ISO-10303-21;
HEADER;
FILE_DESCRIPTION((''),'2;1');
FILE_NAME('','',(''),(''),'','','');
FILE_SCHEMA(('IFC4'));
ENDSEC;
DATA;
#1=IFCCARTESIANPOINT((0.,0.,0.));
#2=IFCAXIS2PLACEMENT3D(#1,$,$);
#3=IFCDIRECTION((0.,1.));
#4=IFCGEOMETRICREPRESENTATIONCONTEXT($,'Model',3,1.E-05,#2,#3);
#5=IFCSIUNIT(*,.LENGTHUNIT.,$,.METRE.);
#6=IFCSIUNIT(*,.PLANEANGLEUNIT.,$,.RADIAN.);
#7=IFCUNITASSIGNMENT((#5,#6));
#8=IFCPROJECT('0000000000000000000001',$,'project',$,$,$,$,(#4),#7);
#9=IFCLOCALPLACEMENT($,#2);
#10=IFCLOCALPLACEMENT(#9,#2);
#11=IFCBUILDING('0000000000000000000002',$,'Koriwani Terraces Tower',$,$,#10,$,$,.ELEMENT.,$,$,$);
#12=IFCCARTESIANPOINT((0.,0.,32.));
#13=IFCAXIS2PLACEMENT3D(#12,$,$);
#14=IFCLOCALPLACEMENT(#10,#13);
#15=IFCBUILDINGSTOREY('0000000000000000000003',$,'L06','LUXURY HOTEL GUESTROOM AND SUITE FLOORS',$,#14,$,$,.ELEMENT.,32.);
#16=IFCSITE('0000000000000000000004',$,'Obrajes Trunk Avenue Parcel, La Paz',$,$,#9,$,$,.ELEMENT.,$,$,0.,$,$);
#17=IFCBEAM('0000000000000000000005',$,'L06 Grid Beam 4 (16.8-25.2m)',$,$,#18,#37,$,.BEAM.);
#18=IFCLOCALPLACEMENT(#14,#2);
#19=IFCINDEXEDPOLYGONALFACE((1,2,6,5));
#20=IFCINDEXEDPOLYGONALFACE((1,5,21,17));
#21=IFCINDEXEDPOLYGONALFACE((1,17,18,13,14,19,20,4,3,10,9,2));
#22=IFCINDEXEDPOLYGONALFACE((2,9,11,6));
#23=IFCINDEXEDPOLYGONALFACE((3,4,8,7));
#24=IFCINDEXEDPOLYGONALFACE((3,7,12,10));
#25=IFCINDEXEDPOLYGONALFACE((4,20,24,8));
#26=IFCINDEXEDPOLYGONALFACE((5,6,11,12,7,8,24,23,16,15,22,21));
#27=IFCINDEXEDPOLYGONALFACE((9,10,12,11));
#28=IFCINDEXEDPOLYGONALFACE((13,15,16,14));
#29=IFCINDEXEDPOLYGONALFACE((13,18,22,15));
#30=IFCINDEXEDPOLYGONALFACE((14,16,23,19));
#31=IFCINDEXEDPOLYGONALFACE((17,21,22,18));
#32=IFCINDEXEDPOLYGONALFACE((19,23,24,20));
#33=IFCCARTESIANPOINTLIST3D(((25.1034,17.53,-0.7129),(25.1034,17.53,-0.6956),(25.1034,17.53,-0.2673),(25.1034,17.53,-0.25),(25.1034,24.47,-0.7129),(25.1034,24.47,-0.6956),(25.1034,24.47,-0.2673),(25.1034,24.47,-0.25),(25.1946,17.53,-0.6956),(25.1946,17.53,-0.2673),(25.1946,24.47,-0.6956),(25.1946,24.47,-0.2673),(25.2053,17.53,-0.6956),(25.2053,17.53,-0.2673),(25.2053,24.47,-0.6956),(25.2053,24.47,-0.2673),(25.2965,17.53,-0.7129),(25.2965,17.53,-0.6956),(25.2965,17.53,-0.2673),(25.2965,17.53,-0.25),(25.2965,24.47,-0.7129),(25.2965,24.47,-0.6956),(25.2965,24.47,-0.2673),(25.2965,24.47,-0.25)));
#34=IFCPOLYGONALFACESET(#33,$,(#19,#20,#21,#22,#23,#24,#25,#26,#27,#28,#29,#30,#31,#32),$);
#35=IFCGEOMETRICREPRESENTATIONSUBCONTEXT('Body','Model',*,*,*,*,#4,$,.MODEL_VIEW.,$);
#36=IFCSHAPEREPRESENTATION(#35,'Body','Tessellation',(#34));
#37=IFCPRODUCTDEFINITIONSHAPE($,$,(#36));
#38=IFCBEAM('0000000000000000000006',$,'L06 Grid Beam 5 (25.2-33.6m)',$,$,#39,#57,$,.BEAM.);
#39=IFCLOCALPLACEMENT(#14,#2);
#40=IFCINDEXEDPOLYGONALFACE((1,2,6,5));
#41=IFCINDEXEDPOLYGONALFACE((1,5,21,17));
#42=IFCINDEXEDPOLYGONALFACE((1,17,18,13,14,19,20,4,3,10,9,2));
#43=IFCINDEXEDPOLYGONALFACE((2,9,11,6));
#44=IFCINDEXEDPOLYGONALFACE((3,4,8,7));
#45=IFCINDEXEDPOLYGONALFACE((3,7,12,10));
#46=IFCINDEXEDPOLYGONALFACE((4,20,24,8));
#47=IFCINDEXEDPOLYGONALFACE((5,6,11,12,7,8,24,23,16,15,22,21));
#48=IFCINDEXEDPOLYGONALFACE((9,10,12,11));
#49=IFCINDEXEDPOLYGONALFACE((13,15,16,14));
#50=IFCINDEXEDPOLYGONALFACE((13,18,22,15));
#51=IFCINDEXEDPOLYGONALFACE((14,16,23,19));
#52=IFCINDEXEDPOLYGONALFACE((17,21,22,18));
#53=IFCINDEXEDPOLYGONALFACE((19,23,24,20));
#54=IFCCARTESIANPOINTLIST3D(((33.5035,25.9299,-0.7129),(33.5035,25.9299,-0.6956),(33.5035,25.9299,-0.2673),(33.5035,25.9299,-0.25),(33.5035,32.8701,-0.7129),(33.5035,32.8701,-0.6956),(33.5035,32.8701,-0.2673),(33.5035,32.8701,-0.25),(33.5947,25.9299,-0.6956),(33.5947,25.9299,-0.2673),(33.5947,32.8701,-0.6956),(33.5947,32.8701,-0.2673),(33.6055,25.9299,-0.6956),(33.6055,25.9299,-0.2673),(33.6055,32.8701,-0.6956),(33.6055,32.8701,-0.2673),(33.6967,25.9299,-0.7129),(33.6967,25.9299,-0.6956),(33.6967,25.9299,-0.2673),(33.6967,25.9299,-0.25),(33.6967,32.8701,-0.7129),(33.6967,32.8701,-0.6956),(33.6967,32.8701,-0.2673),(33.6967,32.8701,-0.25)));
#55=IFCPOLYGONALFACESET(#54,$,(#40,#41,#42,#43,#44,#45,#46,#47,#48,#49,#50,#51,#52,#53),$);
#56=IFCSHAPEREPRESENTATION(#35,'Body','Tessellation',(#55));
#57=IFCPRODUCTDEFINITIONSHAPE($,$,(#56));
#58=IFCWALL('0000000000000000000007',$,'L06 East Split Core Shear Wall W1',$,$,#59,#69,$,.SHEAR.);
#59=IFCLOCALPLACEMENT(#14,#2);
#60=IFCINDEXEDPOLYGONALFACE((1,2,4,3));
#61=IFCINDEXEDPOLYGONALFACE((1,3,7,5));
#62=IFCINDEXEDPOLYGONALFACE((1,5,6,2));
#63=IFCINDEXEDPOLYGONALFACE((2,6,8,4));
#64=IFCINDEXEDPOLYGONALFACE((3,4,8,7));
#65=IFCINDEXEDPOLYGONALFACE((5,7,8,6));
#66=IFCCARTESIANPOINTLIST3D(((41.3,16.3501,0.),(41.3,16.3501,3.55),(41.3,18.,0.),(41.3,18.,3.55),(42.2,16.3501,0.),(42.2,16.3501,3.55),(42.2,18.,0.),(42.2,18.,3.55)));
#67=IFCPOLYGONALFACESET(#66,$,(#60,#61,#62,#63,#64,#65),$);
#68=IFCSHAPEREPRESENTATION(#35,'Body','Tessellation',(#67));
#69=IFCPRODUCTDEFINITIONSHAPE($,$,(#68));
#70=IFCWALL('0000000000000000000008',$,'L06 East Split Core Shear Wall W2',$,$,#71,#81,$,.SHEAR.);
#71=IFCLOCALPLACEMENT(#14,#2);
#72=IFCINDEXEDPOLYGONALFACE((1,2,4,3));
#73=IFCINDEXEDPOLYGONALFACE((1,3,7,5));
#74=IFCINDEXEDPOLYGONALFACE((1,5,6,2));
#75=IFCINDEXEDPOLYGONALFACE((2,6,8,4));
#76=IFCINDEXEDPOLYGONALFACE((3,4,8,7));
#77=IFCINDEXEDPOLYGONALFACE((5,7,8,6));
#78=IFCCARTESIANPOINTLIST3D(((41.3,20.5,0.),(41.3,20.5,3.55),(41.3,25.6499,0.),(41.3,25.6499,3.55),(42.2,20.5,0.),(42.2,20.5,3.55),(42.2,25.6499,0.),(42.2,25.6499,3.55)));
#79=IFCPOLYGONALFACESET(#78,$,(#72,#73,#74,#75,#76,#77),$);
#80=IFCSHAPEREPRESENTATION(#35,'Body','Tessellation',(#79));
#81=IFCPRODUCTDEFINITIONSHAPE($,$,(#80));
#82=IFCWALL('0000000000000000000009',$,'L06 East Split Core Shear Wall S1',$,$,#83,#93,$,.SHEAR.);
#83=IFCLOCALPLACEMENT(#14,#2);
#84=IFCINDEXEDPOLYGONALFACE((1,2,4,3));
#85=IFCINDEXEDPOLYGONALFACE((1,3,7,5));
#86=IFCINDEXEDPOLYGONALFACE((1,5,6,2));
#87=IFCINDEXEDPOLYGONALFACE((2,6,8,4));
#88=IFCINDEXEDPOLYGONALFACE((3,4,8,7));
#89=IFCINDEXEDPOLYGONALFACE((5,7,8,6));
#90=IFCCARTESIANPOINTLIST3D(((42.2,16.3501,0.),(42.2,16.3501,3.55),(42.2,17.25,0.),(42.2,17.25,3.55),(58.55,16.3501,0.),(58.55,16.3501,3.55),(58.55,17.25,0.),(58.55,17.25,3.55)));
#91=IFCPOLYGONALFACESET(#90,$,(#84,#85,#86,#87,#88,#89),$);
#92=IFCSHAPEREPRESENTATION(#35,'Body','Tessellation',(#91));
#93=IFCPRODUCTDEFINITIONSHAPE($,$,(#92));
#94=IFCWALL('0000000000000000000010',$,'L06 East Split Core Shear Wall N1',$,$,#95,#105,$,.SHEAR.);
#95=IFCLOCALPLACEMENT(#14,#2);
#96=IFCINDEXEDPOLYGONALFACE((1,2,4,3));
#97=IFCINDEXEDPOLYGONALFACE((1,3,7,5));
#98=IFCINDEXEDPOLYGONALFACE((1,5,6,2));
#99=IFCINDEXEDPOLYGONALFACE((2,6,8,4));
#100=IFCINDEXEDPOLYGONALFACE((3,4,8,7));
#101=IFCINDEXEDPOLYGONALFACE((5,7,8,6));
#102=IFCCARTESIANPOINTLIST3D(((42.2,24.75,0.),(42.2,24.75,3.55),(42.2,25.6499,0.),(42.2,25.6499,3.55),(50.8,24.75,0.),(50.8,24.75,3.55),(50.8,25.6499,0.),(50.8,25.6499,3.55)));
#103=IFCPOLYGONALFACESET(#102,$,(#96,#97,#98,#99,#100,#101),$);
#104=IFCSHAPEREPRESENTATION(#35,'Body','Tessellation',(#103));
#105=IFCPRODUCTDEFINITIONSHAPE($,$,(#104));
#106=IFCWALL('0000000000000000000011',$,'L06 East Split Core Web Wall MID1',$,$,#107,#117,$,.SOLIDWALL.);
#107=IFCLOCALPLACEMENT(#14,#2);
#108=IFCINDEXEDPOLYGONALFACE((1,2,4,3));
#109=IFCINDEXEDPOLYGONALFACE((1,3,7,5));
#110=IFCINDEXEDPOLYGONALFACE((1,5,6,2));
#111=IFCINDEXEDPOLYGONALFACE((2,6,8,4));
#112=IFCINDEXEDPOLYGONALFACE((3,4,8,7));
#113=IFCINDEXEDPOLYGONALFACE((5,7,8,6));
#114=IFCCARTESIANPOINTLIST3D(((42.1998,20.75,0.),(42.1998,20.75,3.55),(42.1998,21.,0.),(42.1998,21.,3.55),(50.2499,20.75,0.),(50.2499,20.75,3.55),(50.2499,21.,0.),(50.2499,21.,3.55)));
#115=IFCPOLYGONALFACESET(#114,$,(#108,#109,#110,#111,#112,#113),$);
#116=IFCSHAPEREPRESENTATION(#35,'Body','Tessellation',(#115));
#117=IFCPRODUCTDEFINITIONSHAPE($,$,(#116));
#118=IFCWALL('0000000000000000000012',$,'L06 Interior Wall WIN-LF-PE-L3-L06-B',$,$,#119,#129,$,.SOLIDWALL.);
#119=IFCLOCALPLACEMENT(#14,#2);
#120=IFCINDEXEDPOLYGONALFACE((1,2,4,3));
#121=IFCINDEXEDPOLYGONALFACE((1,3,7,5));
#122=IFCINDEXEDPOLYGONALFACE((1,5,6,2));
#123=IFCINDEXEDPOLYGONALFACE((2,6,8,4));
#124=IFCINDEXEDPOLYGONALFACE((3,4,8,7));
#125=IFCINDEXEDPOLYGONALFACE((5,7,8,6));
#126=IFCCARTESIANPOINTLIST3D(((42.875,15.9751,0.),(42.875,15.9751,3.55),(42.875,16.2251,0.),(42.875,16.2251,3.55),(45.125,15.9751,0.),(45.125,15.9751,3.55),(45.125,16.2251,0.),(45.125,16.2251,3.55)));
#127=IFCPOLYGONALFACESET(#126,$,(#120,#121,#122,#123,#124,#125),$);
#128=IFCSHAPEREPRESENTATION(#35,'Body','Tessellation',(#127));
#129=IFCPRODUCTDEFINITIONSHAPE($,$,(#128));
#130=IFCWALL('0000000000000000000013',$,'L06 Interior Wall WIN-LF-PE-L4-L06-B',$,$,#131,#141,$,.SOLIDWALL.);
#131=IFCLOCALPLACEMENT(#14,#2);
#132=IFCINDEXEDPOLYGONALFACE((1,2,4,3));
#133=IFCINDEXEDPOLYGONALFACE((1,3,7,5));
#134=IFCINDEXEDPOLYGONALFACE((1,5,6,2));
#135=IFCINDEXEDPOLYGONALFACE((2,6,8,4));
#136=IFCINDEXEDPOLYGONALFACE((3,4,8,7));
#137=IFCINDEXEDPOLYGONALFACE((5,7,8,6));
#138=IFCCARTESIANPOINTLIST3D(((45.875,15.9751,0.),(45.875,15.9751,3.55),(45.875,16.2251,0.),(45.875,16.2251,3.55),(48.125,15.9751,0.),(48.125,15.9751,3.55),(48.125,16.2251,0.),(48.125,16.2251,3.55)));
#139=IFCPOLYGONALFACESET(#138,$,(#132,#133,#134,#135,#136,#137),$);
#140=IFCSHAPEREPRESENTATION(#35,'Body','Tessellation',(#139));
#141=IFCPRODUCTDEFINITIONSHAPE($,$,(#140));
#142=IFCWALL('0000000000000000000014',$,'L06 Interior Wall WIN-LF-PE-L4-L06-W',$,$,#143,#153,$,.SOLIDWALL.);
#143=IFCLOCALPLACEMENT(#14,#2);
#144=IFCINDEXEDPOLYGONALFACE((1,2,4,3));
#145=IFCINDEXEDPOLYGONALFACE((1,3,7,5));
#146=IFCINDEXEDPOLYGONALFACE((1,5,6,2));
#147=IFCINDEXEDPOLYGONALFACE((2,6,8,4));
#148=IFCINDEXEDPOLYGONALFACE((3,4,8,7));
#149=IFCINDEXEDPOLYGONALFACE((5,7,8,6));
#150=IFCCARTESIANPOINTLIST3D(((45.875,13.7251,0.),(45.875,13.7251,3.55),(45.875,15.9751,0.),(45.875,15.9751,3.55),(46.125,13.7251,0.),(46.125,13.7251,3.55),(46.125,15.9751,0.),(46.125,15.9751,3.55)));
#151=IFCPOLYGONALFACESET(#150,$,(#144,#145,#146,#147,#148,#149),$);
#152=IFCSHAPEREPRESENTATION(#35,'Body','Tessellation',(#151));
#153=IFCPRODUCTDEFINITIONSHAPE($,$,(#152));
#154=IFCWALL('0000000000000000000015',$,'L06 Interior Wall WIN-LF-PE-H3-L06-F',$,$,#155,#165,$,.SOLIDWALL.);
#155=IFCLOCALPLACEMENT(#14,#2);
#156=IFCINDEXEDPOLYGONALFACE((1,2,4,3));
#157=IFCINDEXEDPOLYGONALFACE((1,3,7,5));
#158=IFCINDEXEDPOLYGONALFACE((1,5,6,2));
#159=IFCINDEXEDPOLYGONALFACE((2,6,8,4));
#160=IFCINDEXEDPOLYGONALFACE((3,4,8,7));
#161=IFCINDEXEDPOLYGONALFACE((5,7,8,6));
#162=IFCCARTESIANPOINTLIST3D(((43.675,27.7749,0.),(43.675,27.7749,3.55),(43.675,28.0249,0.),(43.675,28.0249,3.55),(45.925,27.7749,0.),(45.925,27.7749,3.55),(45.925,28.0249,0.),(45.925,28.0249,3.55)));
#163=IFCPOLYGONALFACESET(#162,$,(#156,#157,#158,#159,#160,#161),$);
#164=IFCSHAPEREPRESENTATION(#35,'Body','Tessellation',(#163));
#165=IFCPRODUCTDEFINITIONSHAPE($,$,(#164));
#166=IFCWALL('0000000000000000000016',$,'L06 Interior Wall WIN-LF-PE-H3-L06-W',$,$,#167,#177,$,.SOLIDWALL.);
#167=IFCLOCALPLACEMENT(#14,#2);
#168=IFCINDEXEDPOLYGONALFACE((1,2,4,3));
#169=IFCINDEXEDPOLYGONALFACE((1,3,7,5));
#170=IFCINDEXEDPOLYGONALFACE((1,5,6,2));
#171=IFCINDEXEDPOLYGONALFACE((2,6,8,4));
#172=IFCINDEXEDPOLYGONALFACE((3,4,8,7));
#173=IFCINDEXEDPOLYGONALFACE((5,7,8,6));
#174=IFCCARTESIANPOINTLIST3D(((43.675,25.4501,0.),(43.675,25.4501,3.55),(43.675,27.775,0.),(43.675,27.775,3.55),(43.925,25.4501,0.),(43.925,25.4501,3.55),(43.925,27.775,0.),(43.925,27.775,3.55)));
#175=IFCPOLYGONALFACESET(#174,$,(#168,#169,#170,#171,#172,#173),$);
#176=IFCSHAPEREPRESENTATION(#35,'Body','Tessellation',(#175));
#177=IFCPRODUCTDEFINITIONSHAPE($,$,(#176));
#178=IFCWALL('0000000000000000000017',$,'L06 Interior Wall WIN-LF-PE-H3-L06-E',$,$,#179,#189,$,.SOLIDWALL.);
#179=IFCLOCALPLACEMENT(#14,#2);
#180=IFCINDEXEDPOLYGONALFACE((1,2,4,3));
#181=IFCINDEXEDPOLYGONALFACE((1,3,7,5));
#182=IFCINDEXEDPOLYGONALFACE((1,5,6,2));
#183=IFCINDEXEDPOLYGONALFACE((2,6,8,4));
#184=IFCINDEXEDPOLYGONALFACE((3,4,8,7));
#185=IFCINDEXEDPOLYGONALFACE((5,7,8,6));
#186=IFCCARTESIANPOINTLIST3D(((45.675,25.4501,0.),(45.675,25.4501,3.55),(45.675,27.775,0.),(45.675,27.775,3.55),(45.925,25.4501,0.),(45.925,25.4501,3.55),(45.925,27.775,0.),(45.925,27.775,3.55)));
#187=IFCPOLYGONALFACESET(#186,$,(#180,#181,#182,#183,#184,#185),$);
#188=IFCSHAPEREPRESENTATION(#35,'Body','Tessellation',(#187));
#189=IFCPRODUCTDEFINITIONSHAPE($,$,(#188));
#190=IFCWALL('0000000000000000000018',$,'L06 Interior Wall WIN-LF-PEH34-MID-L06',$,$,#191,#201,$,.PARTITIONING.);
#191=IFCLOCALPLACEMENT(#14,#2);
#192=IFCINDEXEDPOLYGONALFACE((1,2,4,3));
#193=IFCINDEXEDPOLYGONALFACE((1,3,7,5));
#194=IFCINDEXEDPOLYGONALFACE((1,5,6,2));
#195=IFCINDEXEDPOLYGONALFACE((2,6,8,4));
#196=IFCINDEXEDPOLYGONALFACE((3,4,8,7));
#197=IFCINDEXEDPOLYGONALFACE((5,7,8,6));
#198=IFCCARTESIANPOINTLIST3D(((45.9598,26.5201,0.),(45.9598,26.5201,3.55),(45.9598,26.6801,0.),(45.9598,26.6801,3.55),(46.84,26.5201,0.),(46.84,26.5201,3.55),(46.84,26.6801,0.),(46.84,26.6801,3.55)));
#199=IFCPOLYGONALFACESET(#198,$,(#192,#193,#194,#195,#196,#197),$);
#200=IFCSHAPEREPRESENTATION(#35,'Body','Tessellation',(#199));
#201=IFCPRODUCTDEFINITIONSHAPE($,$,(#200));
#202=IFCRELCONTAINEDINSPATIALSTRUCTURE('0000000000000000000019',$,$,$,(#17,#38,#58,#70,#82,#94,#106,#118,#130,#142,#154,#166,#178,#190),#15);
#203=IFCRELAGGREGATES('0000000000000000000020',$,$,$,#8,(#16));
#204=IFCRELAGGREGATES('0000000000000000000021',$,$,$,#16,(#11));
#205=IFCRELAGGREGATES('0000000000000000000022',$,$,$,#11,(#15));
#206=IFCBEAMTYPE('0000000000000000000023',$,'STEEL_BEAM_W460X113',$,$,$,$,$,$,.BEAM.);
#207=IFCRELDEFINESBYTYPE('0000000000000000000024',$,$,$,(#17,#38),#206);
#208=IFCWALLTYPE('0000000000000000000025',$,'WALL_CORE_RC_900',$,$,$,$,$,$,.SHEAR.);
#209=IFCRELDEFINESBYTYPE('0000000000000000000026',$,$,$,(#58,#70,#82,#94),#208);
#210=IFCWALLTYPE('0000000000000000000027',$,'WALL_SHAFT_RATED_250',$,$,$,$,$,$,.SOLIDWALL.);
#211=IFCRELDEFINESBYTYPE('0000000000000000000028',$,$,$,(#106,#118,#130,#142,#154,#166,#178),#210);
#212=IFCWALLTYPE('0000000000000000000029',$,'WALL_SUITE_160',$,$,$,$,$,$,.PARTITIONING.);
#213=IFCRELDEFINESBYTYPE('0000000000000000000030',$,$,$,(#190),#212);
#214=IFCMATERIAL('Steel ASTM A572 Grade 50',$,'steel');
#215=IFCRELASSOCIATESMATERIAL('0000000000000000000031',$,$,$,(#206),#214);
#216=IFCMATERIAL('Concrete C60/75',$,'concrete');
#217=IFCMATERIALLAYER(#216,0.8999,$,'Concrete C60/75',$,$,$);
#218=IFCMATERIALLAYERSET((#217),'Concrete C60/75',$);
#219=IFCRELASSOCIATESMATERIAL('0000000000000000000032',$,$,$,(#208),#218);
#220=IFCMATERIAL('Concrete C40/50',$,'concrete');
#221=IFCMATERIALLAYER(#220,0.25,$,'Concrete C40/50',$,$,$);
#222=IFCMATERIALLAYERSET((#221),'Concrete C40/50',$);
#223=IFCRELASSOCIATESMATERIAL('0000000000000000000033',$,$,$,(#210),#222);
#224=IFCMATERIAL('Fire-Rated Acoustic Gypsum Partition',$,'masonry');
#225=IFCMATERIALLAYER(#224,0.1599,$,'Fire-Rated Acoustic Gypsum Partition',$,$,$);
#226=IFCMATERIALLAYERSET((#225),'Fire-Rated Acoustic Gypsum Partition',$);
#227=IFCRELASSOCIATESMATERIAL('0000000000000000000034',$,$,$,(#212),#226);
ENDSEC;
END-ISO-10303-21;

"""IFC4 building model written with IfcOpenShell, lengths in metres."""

from ifc_helpers import new_model, si_unit, direction, frame, frame_2d, origin, origin_2d, place, context, subcontext, project, spatial, rectangle, i_section, extrude, material, layer, layer_set, material_profile, profile_set, type_object, element, save


model = new_model("IFC4")

# Units and contexts
model_context = context("Model", 3, precision=1e-05, world=origin(), true_north=direction((0.0, 1.0)))
body_context = subcontext(model_context, "Body", "Model", "MODEL_VIEW")
ifc_project = project(units=[si_unit("LENGTHUNIT", "METRE"), si_unit("PLANEANGLEUNIT", "RADIAN")], contexts=[model_context])

# Site, building, storey
site_placement = place(None, origin())
site = spatial("IfcSite", under=ifc_project, at=site_placement, Name="Obrajes Trunk Avenue Parcel, La Paz", CompositionType="ELEMENT", RefElevation=0.0)
building_placement = place(site_placement, origin())
building = spatial("IfcBuilding", under=site, at=building_placement, Name="Koriwani Terraces Tower", CompositionType="ELEMENT")
storey_placement = place(building_placement, frame((0.0, 0.0, 32.0)))
storey = spatial("IfcBuildingStorey", under=building, at=storey_placement, Name="L06", Description="LUXURY HOTEL GUESTROOM AND SUITE FLOORS", CompositionType="ELEMENT", Elevation=32.0)

# Shared definitions
ifc_material_1 = material(Name="Concrete C60/75", Category="concrete")

# Beams
ifc_material_2 = material(Name="Concrete C40/50", Category="concrete")
ifc_material_3 = material(Name="Steel ASTM A572 Grade 50", Category="steel")
ifc_material_profile_1 = material_profile(ifc_material_3, i_section(OverallWidth=0.1931, OverallDepth=0.4629, WebThickness=0.0107, FlangeThickness=0.0173, at=origin_2d()), Name="Steel ASTM A572 Grade 50", Category="LoadBearing")
ifc_profile_set_1 = profile_set([ifc_material_profile_1], Name="Steel ASTM A572 Grade 50")
beam_type_1 = type_object("IfcBeamType", Name="STEEL_BEAM_W460X113", PredefinedType="BEAM", material=ifc_profile_set_1)
beam_1_placement = place(storey_placement, frame((25.2, 17.53, -0.4814), z_axis=(0.0, 1.0, 0.0), x_axis=(-1.0, 0.0, 0.0)))
element("IfcBeam", 1, at=beam_1_placement, inside=storey, type_object=beam_type_1, Name="L06 Grid Beam 4 (16.8-25.2m)", PredefinedType="BEAM", context=body_context, shape_type="SweptSolid", body=[
    extrude(i_section(OverallWidth=0.1931, OverallDepth=0.4629, WebThickness=0.0107, FlangeThickness=0.0173, at=origin_2d()), origin(), (0.0, 0.0, 1.0), 6.9399),
])
beam_2_placement = place(storey_placement, frame((33.6001, 25.9299, -0.4814), z_axis=(0.0, 1.0, 0.0), x_axis=(-1.0, 0.0, 0.0)))
element("IfcBeam", 2, at=beam_2_placement, inside=storey, type_object=beam_type_1, Name="L06 Grid Beam 5 (25.2-33.6m)", PredefinedType="BEAM", context=body_context, shape_type="SweptSolid", body=[
    extrude(i_section(OverallWidth=0.1931, OverallDepth=0.4629, WebThickness=0.0107, FlangeThickness=0.0173, at=origin_2d()), origin(), (0.0, 0.0, 1.0), 6.9402),
])

# Walls
ifc_layer_1 = layer(ifc_material_1, 0.8999, Name="Concrete C60/75")
ifc_layer_set_1 = layer_set([ifc_layer_1], Name="Concrete C60/75")
wall_type_1 = type_object("IfcWallType", Name="WALL_CORE_RC_900", PredefinedType="SHEAR", material=ifc_layer_set_1)
wall_1_placement = place(storey_placement, frame((41.75, 16.3501, 0.0), z_axis=(0.0, 0.0, 1.0), x_axis=(0.0, 1.0, 0.0)))
element("IfcWall", 3, at=wall_1_placement, inside=storey, type_object=wall_type_1, Name="L06 East Split Core Shear Wall W1", PredefinedType="SHEAR", context=body_context, shape_type="SweptSolid", body=[
    extrude(rectangle(XDim=1.6499, YDim=0.8999, at=frame_2d((0.825, 0.0))), origin(), (0.0, 0.0, 1.0), 3.55),
])
wall_2_placement = place(storey_placement, frame((41.75, 20.5, 0.0), z_axis=(0.0, 0.0, 1.0), x_axis=(0.0, 1.0, 0.0)))
element("IfcWall", 4, at=wall_2_placement, inside=storey, type_object=wall_type_1, Name="L06 East Split Core Shear Wall W2", PredefinedType="SHEAR", context=body_context, shape_type="SweptSolid", body=[
    extrude(rectangle(XDim=5.1499, YDim=0.8999, at=frame_2d((2.575, 0.0))), origin(), (0.0, 0.0, 1.0), 3.55),
])
wall_3_placement = place(storey_placement, frame((42.2, 16.8, 0.0), z_axis=(0.0, 0.0, 1.0), x_axis=(1.0, 0.0, 0.0)))
element("IfcWall", 5, at=wall_3_placement, inside=storey, type_object=wall_type_1, Name="L06 East Split Core Shear Wall S1", PredefinedType="SHEAR", context=body_context, shape_type="SweptSolid", body=[
    extrude(rectangle(XDim=16.3501, YDim=0.8999, at=frame_2d((8.175, 0.0))), origin(), (0.0, 0.0, 1.0), 3.55),
])
wall_4_placement = place(storey_placement, frame((42.2, 25.2, 0.0), z_axis=(0.0, 0.0, 1.0), x_axis=(1.0, 0.0, 0.0)))
element("IfcWall", 6, at=wall_4_placement, inside=storey, type_object=wall_type_1, Name="L06 East Split Core Shear Wall N1", PredefinedType="SHEAR", context=body_context, shape_type="SweptSolid", body=[
    extrude(rectangle(XDim=8.6001, YDim=0.8999, at=frame_2d((4.3, 0.0))), origin(), (0.0, 0.0, 1.0), 3.55),
])
ifc_layer_2 = layer(ifc_material_2, 0.25, Name="Concrete C40/50")
ifc_layer_set_2 = layer_set([ifc_layer_2], Name="Concrete C40/50")
wall_type_2 = type_object("IfcWallType", Name="WALL_SHAFT_RATED_250", PredefinedType="SOLIDWALL", material=ifc_layer_set_2)
wall_5_placement = place(storey_placement, frame((42.2, 20.875, 0.0), z_axis=(0.0, 0.0, 1.0), x_axis=(1.0, 0.0, 0.0)))
element("IfcWall", 7, at=wall_5_placement, inside=storey, type_object=wall_type_2, Name="L06 East Split Core Web Wall MID1", PredefinedType="SOLIDWALL", context=body_context, shape_type="SweptSolid", body=[
    extrude(rectangle(XDim=8.05, YDim=0.25, at=frame_2d((4.0249, 0.0))), origin(), (0.0, 0.0, 1.0), 3.55),
])

# Walls
for number, where, z_axis, x_axis, name in (
    (8, (42.875, 16.1001, 0.0), (0.0, 0.0, 1.0), (1.0, 0.0, 0.0), "L06 Interior Wall WIN-LF-PE-L3-L06-B"),
    (9, (45.875, 16.1001, 0.0), (0.0, 0.0, 1.0), (1.0, 0.0, 0.0), "L06 Interior Wall WIN-LF-PE-L4-L06-B"),
    (10, (46.0, 13.7251, 0.0), (0.0, 0.0, 1.0), (0.0, 1.0, 0.0), "L06 Interior Wall WIN-LF-PE-L4-L06-W"),
    (11, (43.675, 27.8999, 0.0), (0.0, 0.0, 1.0), (1.0, 0.0, 0.0), "L06 Interior Wall WIN-LF-PE-H3-L06-F"),
):
    element("IfcWall", number, at=place(storey_placement, frame(where, z_axis=z_axis, x_axis=x_axis)), inside=storey, type_object=wall_type_2, Name=name, PredefinedType="SOLIDWALL", context=body_context, shape_type="SweptSolid", body=[
        extrude(rectangle(XDim=2.25, YDim=0.25, at=frame_2d((1.125, 0.0))), origin(), (0.0, 0.0, 1.0), 3.55),
    ])
for number, where, z_axis, x_axis, name in (
    (12, (43.8, 25.45, 0.0), (0.0, 0.0, 1.0), (0.0, 1.0, 0.0), "L06 Interior Wall WIN-LF-PE-H3-L06-W"),
    (13, (45.8, 25.45, 0.0), (0.0, 0.0, 1.0), (0.0, 1.0, 0.0), "L06 Interior Wall WIN-LF-PE-H3-L06-E"),
):
    element("IfcWall", number, at=place(storey_placement, frame(where, z_axis=z_axis, x_axis=x_axis)), inside=storey, type_object=wall_type_2, Name=name, PredefinedType="SOLIDWALL", context=body_context, shape_type="SweptSolid", body=[
        extrude(rectangle(XDim=2.325, YDim=0.25, at=frame_2d((1.1626, 0.0))), origin(), (0.0, 0.0, 1.0), 3.55),
    ])
ifc_material_4 = material(Name="Fire-Rated Acoustic Gypsum Partition", Category="masonry")
ifc_layer_3 = layer(ifc_material_4, 0.1599, Name="Fire-Rated Acoustic Gypsum Partition")
ifc_layer_set_3 = layer_set([ifc_layer_3], Name="Fire-Rated Acoustic Gypsum Partition")
wall_type_3 = type_object("IfcWallType", Name="WALL_SUITE_160", PredefinedType="PARTITIONING", material=ifc_layer_set_3)
wall_6_placement = place(storey_placement, frame((45.96, 26.6001, 0.0), z_axis=(0.0, 0.0, 1.0), x_axis=(1.0, 0.0, 0.0)))
element("IfcWall", 14, at=wall_6_placement, inside=storey, type_object=wall_type_3, Name="L06 Interior Wall WIN-LF-PEH34-MID-L06", PredefinedType="PARTITIONING", context=body_context, shape_type="SweptSolid", body=[
    extrude(rectangle(XDim=0.8801, YDim=0.1599, at=frame_2d((0.4399, 0.0))), origin(), (0.0, 0.0, 1.0), 3.55),
])

save(model, "model.ifc")
